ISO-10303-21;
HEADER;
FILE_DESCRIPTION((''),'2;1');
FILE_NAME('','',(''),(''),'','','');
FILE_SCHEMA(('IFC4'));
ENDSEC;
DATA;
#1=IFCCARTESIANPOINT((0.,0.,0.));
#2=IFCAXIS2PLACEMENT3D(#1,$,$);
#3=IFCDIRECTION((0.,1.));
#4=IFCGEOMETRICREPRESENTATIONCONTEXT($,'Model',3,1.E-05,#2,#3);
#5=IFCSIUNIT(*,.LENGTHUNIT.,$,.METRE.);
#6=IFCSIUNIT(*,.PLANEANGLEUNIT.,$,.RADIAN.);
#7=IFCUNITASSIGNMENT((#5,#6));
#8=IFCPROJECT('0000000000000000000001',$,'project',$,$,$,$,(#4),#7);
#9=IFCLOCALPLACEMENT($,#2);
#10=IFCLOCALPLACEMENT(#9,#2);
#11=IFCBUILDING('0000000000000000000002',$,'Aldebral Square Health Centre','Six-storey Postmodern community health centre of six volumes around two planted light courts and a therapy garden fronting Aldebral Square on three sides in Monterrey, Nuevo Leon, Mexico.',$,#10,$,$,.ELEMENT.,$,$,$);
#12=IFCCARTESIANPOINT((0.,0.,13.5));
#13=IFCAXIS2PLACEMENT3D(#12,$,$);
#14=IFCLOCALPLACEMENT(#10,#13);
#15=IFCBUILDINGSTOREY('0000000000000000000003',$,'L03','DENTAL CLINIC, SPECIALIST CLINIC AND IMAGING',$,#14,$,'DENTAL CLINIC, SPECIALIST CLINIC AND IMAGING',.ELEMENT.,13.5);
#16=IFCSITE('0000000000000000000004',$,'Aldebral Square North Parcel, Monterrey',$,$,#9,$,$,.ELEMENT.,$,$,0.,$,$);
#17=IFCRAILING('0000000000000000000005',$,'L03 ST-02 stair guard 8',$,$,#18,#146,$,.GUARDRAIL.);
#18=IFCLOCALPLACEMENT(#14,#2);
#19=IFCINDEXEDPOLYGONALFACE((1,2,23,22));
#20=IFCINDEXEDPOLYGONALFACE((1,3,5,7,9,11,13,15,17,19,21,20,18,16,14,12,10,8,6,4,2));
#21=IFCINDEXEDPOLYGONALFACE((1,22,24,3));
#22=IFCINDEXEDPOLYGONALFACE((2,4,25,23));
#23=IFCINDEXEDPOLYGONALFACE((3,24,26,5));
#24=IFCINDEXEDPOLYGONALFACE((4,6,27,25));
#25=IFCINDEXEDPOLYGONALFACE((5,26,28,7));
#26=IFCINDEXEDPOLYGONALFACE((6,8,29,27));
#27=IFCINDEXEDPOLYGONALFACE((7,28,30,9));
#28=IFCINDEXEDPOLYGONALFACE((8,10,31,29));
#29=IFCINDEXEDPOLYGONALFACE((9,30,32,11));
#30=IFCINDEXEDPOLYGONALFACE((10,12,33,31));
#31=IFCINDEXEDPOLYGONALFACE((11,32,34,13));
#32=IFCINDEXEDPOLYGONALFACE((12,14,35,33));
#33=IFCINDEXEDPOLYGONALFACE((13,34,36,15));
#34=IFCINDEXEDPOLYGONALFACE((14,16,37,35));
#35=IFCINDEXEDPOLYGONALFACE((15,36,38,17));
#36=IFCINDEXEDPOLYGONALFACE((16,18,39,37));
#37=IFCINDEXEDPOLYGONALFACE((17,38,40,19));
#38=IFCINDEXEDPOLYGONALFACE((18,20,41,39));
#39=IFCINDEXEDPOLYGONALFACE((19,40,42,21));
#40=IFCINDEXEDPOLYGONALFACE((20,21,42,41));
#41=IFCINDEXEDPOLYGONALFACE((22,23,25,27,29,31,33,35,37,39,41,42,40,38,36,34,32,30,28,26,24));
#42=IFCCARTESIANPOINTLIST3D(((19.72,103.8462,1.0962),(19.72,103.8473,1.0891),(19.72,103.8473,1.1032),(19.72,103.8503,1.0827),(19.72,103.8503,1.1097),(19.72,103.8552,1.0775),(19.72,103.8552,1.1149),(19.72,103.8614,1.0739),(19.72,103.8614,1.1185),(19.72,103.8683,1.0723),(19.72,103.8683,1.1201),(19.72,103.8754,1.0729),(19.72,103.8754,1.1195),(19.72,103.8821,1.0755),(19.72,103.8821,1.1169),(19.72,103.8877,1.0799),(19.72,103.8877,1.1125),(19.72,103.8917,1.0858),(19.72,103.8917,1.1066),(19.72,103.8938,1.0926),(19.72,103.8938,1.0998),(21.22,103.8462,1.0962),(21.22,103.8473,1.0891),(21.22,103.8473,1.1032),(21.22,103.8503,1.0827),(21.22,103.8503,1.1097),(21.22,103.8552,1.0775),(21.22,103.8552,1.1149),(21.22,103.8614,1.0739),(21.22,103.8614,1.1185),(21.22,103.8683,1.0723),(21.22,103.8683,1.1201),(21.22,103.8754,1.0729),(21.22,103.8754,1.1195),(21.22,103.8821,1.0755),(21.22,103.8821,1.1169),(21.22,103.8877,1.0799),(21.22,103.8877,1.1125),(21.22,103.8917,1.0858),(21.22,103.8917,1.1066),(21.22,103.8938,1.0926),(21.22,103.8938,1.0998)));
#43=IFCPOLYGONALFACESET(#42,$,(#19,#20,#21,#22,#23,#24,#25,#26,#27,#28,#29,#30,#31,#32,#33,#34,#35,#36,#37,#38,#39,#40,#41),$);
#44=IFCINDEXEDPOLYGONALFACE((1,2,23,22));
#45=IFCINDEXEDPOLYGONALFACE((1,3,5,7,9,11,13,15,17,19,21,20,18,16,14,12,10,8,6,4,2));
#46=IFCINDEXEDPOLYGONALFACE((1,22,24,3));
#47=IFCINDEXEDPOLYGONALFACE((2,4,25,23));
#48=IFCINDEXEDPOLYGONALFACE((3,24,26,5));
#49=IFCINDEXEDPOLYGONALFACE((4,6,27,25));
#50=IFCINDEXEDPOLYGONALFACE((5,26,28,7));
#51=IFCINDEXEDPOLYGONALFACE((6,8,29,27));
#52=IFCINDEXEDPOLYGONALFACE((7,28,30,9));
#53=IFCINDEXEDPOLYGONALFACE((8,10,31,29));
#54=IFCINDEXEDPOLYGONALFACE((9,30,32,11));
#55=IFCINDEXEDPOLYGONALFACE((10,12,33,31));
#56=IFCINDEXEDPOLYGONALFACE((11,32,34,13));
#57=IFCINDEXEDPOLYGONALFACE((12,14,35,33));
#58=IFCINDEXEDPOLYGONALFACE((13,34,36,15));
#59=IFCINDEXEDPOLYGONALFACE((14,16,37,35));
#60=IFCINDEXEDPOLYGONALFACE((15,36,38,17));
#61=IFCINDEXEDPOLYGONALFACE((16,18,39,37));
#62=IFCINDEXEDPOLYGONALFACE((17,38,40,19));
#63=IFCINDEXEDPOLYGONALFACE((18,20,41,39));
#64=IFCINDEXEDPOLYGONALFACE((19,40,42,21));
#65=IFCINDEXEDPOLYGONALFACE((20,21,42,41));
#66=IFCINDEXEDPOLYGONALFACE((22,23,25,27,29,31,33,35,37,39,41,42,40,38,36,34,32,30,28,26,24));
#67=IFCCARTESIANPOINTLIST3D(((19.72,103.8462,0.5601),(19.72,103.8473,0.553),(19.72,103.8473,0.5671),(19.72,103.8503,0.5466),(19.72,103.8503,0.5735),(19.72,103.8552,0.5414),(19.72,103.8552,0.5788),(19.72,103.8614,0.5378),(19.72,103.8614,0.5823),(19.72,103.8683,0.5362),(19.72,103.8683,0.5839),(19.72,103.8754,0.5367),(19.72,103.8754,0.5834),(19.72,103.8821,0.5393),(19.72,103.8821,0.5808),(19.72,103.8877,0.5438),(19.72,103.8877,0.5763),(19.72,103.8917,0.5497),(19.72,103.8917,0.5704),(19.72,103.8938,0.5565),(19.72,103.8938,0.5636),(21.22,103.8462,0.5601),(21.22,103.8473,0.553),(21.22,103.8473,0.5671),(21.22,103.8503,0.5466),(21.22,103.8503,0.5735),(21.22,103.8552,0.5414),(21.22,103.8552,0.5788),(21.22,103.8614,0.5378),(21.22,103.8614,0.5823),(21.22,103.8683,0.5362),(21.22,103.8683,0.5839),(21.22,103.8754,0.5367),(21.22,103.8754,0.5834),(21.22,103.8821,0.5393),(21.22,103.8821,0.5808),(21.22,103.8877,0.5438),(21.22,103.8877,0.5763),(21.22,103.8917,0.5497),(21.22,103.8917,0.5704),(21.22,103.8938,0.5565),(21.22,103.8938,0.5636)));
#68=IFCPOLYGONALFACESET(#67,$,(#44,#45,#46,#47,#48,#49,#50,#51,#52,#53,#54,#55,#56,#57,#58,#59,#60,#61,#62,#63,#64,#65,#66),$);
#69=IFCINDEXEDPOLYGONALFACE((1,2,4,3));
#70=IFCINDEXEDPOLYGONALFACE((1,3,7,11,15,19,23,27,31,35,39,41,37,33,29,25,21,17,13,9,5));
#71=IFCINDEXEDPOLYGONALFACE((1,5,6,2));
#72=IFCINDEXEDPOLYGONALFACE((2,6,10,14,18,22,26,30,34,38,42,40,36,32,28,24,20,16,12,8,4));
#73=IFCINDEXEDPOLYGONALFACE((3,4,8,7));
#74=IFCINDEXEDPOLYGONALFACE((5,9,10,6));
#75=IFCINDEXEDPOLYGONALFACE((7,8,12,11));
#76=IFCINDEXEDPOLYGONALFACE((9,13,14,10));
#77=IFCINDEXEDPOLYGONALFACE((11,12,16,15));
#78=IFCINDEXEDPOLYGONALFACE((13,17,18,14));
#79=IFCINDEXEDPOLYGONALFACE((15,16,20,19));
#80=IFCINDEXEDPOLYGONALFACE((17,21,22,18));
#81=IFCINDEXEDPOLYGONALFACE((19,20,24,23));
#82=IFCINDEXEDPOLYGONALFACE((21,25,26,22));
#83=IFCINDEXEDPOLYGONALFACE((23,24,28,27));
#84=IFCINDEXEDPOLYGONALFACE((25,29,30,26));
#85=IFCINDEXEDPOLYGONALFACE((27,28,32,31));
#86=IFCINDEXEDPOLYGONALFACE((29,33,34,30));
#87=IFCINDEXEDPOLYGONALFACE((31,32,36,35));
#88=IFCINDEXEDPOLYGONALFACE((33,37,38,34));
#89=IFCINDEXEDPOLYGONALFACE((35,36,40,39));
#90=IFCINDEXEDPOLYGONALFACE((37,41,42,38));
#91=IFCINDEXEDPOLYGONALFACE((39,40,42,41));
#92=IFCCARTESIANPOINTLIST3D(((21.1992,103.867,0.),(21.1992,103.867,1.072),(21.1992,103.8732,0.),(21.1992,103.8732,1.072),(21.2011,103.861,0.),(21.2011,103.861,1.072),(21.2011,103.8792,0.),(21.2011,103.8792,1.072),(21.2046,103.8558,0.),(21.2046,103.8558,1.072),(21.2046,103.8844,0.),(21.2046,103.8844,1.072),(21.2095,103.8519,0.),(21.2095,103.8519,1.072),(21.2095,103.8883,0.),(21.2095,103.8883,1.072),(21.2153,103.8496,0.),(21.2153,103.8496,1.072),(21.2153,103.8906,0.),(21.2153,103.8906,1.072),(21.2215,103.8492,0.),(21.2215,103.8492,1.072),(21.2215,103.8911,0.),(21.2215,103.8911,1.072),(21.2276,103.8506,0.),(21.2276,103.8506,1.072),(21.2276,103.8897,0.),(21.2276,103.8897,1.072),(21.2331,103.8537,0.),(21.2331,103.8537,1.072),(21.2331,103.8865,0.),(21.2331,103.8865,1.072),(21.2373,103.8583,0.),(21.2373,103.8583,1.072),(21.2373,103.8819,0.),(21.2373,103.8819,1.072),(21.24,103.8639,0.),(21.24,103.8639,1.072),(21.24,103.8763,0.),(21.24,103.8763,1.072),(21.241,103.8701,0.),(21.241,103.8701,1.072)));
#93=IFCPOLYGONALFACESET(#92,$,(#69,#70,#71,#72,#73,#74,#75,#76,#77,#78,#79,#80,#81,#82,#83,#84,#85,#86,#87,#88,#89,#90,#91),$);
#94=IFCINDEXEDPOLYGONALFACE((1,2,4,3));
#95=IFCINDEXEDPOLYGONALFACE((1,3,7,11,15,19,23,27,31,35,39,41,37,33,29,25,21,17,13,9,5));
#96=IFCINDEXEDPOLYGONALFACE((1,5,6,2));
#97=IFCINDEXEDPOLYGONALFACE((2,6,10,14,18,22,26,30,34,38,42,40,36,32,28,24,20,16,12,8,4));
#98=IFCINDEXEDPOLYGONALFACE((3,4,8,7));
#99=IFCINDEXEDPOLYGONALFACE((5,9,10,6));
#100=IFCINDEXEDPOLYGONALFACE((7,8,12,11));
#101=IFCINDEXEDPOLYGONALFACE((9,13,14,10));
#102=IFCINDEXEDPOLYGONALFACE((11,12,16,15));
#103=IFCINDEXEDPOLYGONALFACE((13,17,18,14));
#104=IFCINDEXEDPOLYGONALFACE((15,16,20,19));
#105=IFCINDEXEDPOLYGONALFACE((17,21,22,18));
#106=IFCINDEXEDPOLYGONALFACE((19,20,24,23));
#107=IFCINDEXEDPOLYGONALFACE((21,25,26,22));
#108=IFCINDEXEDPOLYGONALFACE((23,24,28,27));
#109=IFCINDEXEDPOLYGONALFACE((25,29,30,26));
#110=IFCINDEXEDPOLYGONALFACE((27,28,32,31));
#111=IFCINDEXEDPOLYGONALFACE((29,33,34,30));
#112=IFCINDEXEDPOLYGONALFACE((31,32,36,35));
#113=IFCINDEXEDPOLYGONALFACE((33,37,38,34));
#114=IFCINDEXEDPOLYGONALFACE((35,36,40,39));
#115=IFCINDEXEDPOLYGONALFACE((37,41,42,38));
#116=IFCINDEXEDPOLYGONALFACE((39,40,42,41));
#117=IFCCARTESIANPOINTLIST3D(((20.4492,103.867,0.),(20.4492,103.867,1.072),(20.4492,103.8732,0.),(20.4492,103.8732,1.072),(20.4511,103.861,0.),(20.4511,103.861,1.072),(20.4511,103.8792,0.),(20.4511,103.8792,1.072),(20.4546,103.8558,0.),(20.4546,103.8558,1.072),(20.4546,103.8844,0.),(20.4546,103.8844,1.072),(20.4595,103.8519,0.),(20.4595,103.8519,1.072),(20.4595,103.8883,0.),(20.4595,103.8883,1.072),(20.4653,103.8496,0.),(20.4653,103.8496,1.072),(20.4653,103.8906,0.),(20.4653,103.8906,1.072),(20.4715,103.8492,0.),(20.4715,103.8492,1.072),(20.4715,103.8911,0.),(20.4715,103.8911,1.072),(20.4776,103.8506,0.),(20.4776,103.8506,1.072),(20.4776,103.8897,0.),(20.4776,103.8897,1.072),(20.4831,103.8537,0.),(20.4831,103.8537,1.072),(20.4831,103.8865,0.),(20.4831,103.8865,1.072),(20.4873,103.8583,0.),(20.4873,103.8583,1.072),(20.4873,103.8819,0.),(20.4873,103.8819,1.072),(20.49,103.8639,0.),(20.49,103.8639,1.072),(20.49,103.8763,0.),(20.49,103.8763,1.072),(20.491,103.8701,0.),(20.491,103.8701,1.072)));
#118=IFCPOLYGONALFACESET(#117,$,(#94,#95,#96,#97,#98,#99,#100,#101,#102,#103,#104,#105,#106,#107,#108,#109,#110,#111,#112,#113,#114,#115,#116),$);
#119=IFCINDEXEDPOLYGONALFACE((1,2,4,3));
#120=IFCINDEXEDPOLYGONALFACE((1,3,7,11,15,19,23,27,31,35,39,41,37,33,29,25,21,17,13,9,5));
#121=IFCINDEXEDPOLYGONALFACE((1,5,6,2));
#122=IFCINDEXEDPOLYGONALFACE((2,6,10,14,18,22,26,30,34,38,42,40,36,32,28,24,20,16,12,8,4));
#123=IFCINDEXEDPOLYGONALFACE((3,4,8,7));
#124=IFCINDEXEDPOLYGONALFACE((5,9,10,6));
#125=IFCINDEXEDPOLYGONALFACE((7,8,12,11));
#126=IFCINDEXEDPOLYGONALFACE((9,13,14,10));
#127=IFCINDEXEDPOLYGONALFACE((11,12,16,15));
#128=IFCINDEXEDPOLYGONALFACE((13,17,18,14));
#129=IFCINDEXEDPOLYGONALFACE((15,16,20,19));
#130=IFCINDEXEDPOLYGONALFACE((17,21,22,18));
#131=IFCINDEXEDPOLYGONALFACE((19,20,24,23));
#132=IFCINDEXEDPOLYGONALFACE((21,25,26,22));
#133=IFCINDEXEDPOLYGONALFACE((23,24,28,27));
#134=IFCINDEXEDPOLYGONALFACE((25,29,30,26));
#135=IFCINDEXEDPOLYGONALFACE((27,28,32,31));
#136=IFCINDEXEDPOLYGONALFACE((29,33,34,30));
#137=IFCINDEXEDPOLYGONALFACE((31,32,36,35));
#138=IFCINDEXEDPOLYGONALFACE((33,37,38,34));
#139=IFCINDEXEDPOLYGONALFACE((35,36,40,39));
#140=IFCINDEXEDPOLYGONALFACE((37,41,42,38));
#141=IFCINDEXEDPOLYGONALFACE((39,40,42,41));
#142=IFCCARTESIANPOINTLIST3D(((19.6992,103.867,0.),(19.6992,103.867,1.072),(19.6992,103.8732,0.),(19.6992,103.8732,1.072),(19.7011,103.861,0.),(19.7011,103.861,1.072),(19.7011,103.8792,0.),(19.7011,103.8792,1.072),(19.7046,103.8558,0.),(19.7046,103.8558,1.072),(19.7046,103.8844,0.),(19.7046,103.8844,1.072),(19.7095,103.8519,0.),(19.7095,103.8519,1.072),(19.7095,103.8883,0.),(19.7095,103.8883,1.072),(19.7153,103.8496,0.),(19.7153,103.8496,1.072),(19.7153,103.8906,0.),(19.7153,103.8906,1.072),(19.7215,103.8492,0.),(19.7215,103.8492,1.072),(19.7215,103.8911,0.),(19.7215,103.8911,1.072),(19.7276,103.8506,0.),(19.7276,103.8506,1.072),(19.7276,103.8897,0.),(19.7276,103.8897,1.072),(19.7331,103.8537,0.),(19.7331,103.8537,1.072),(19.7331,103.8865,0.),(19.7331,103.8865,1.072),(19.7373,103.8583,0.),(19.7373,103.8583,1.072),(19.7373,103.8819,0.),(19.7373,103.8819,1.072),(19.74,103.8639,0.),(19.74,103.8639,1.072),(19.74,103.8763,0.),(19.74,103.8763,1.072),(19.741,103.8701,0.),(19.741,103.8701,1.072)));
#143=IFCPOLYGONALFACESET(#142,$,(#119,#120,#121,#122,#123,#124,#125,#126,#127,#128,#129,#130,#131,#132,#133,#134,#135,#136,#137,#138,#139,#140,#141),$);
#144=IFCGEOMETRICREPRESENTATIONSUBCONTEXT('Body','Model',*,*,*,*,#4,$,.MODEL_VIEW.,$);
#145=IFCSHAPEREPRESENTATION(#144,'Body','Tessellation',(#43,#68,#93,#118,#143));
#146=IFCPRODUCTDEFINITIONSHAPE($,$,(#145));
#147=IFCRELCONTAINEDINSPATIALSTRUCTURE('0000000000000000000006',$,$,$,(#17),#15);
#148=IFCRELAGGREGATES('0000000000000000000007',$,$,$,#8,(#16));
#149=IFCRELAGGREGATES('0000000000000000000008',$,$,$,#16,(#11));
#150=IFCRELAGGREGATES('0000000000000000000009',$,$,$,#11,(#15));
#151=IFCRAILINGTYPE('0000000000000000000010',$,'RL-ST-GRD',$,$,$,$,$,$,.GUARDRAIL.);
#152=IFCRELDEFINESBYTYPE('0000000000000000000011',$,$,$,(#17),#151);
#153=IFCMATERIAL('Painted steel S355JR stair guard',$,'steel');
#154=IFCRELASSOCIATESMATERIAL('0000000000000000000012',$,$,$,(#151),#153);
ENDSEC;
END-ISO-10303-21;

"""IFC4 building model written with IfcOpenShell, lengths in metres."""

from ifc_helpers import new_model, si_unit, direction, frame, origin, origin_2d, place, context, subcontext, project, spatial, circle, extrude, material, type_object, element, save


model = new_model("IFC4")

# Units and contexts
model_context = context("Model", 3, precision=1e-05, world=origin(), true_north=direction((0.0, 1.0)))
body_context = subcontext(model_context, "Body", "Model", "MODEL_VIEW")
ifc_project = project(units=[si_unit("LENGTHUNIT", "METRE"), si_unit("PLANEANGLEUNIT", "RADIAN")], contexts=[model_context])

# Site, building, storey
site_placement = place(None, origin())
site = spatial("IfcSite", under=ifc_project, at=site_placement, Name="Aldebral Square North Parcel, Monterrey", CompositionType="ELEMENT", RefElevation=0.0)
building_placement = place(site_placement, origin())
building = spatial("IfcBuilding", under=site, at=building_placement, Name="Aldebral Square Health Centre", Description="Six-storey Postmodern community health centre of six volumes around two planted light courts and a therapy garden fronting Aldebral Square on three sides in Monterrey, Nuevo Leon, Mexico.", CompositionType="ELEMENT")
storey_placement = place(building_placement, frame((0.0, 0.0, 13.5)))
storey = spatial("IfcBuildingStorey", under=building, at=storey_placement, Name="L03", Description="DENTAL CLINIC, SPECIALIST CLINIC AND IMAGING", LongName="DENTAL CLINIC, SPECIALIST CLINIC AND IMAGING", CompositionType="ELEMENT", Elevation=13.5)

# Railing
ifc_material_1 = material(Name="Painted steel S355JR stair guard", Category="steel")
railing_type_1 = type_object("IfcRailingType", Name="RL-ST-GRD", PredefinedType="GUARDRAIL", material=ifc_material_1)
for number, where, name in (
    (1, (21.22, 103.8701, 0.0), "L03 ST-02 stair guard 8"),
):
    element("IfcRailing", number, at=place(storey_placement, frame(where)), inside=storey, type_object=railing_type_1, Name=name, PredefinedType="GUARDRAIL", context=body_context, shape_type="SweptSolid", body=[
        extrude(circle(Radius=0.0239, at=origin_2d()), frame((0.0, 0.0, 1.0962), z_axis=(-1.0, 0.0, 0.0), x_axis=(0.0, -1.0, 0.0)), (0.0, 0.0, 1.0), 1.5),
        extrude(circle(Radius=0.0239, at=origin_2d()), frame((0.0, 0.0, 0.5601), z_axis=(-1.0, 0.0, 0.0), x_axis=(0.0, -1.0, 0.0)), (0.0, 0.0, 1.0), 1.5),
        extrude(circle(Radius=0.021, at=origin_2d()), origin(), (0.0, 0.0, 1.0), 1.072),
        extrude(circle(Radius=0.021, at=origin_2d()), frame((-0.75, 0.0, 0.0)), (0.0, 0.0, 1.0), 1.072),
        extrude(circle(Radius=0.021, at=origin_2d()), frame((-1.5, 0.0, 0.0)), (0.0, 0.0, 1.0), 1.072),
    ])

save(model, "model.ifc")
